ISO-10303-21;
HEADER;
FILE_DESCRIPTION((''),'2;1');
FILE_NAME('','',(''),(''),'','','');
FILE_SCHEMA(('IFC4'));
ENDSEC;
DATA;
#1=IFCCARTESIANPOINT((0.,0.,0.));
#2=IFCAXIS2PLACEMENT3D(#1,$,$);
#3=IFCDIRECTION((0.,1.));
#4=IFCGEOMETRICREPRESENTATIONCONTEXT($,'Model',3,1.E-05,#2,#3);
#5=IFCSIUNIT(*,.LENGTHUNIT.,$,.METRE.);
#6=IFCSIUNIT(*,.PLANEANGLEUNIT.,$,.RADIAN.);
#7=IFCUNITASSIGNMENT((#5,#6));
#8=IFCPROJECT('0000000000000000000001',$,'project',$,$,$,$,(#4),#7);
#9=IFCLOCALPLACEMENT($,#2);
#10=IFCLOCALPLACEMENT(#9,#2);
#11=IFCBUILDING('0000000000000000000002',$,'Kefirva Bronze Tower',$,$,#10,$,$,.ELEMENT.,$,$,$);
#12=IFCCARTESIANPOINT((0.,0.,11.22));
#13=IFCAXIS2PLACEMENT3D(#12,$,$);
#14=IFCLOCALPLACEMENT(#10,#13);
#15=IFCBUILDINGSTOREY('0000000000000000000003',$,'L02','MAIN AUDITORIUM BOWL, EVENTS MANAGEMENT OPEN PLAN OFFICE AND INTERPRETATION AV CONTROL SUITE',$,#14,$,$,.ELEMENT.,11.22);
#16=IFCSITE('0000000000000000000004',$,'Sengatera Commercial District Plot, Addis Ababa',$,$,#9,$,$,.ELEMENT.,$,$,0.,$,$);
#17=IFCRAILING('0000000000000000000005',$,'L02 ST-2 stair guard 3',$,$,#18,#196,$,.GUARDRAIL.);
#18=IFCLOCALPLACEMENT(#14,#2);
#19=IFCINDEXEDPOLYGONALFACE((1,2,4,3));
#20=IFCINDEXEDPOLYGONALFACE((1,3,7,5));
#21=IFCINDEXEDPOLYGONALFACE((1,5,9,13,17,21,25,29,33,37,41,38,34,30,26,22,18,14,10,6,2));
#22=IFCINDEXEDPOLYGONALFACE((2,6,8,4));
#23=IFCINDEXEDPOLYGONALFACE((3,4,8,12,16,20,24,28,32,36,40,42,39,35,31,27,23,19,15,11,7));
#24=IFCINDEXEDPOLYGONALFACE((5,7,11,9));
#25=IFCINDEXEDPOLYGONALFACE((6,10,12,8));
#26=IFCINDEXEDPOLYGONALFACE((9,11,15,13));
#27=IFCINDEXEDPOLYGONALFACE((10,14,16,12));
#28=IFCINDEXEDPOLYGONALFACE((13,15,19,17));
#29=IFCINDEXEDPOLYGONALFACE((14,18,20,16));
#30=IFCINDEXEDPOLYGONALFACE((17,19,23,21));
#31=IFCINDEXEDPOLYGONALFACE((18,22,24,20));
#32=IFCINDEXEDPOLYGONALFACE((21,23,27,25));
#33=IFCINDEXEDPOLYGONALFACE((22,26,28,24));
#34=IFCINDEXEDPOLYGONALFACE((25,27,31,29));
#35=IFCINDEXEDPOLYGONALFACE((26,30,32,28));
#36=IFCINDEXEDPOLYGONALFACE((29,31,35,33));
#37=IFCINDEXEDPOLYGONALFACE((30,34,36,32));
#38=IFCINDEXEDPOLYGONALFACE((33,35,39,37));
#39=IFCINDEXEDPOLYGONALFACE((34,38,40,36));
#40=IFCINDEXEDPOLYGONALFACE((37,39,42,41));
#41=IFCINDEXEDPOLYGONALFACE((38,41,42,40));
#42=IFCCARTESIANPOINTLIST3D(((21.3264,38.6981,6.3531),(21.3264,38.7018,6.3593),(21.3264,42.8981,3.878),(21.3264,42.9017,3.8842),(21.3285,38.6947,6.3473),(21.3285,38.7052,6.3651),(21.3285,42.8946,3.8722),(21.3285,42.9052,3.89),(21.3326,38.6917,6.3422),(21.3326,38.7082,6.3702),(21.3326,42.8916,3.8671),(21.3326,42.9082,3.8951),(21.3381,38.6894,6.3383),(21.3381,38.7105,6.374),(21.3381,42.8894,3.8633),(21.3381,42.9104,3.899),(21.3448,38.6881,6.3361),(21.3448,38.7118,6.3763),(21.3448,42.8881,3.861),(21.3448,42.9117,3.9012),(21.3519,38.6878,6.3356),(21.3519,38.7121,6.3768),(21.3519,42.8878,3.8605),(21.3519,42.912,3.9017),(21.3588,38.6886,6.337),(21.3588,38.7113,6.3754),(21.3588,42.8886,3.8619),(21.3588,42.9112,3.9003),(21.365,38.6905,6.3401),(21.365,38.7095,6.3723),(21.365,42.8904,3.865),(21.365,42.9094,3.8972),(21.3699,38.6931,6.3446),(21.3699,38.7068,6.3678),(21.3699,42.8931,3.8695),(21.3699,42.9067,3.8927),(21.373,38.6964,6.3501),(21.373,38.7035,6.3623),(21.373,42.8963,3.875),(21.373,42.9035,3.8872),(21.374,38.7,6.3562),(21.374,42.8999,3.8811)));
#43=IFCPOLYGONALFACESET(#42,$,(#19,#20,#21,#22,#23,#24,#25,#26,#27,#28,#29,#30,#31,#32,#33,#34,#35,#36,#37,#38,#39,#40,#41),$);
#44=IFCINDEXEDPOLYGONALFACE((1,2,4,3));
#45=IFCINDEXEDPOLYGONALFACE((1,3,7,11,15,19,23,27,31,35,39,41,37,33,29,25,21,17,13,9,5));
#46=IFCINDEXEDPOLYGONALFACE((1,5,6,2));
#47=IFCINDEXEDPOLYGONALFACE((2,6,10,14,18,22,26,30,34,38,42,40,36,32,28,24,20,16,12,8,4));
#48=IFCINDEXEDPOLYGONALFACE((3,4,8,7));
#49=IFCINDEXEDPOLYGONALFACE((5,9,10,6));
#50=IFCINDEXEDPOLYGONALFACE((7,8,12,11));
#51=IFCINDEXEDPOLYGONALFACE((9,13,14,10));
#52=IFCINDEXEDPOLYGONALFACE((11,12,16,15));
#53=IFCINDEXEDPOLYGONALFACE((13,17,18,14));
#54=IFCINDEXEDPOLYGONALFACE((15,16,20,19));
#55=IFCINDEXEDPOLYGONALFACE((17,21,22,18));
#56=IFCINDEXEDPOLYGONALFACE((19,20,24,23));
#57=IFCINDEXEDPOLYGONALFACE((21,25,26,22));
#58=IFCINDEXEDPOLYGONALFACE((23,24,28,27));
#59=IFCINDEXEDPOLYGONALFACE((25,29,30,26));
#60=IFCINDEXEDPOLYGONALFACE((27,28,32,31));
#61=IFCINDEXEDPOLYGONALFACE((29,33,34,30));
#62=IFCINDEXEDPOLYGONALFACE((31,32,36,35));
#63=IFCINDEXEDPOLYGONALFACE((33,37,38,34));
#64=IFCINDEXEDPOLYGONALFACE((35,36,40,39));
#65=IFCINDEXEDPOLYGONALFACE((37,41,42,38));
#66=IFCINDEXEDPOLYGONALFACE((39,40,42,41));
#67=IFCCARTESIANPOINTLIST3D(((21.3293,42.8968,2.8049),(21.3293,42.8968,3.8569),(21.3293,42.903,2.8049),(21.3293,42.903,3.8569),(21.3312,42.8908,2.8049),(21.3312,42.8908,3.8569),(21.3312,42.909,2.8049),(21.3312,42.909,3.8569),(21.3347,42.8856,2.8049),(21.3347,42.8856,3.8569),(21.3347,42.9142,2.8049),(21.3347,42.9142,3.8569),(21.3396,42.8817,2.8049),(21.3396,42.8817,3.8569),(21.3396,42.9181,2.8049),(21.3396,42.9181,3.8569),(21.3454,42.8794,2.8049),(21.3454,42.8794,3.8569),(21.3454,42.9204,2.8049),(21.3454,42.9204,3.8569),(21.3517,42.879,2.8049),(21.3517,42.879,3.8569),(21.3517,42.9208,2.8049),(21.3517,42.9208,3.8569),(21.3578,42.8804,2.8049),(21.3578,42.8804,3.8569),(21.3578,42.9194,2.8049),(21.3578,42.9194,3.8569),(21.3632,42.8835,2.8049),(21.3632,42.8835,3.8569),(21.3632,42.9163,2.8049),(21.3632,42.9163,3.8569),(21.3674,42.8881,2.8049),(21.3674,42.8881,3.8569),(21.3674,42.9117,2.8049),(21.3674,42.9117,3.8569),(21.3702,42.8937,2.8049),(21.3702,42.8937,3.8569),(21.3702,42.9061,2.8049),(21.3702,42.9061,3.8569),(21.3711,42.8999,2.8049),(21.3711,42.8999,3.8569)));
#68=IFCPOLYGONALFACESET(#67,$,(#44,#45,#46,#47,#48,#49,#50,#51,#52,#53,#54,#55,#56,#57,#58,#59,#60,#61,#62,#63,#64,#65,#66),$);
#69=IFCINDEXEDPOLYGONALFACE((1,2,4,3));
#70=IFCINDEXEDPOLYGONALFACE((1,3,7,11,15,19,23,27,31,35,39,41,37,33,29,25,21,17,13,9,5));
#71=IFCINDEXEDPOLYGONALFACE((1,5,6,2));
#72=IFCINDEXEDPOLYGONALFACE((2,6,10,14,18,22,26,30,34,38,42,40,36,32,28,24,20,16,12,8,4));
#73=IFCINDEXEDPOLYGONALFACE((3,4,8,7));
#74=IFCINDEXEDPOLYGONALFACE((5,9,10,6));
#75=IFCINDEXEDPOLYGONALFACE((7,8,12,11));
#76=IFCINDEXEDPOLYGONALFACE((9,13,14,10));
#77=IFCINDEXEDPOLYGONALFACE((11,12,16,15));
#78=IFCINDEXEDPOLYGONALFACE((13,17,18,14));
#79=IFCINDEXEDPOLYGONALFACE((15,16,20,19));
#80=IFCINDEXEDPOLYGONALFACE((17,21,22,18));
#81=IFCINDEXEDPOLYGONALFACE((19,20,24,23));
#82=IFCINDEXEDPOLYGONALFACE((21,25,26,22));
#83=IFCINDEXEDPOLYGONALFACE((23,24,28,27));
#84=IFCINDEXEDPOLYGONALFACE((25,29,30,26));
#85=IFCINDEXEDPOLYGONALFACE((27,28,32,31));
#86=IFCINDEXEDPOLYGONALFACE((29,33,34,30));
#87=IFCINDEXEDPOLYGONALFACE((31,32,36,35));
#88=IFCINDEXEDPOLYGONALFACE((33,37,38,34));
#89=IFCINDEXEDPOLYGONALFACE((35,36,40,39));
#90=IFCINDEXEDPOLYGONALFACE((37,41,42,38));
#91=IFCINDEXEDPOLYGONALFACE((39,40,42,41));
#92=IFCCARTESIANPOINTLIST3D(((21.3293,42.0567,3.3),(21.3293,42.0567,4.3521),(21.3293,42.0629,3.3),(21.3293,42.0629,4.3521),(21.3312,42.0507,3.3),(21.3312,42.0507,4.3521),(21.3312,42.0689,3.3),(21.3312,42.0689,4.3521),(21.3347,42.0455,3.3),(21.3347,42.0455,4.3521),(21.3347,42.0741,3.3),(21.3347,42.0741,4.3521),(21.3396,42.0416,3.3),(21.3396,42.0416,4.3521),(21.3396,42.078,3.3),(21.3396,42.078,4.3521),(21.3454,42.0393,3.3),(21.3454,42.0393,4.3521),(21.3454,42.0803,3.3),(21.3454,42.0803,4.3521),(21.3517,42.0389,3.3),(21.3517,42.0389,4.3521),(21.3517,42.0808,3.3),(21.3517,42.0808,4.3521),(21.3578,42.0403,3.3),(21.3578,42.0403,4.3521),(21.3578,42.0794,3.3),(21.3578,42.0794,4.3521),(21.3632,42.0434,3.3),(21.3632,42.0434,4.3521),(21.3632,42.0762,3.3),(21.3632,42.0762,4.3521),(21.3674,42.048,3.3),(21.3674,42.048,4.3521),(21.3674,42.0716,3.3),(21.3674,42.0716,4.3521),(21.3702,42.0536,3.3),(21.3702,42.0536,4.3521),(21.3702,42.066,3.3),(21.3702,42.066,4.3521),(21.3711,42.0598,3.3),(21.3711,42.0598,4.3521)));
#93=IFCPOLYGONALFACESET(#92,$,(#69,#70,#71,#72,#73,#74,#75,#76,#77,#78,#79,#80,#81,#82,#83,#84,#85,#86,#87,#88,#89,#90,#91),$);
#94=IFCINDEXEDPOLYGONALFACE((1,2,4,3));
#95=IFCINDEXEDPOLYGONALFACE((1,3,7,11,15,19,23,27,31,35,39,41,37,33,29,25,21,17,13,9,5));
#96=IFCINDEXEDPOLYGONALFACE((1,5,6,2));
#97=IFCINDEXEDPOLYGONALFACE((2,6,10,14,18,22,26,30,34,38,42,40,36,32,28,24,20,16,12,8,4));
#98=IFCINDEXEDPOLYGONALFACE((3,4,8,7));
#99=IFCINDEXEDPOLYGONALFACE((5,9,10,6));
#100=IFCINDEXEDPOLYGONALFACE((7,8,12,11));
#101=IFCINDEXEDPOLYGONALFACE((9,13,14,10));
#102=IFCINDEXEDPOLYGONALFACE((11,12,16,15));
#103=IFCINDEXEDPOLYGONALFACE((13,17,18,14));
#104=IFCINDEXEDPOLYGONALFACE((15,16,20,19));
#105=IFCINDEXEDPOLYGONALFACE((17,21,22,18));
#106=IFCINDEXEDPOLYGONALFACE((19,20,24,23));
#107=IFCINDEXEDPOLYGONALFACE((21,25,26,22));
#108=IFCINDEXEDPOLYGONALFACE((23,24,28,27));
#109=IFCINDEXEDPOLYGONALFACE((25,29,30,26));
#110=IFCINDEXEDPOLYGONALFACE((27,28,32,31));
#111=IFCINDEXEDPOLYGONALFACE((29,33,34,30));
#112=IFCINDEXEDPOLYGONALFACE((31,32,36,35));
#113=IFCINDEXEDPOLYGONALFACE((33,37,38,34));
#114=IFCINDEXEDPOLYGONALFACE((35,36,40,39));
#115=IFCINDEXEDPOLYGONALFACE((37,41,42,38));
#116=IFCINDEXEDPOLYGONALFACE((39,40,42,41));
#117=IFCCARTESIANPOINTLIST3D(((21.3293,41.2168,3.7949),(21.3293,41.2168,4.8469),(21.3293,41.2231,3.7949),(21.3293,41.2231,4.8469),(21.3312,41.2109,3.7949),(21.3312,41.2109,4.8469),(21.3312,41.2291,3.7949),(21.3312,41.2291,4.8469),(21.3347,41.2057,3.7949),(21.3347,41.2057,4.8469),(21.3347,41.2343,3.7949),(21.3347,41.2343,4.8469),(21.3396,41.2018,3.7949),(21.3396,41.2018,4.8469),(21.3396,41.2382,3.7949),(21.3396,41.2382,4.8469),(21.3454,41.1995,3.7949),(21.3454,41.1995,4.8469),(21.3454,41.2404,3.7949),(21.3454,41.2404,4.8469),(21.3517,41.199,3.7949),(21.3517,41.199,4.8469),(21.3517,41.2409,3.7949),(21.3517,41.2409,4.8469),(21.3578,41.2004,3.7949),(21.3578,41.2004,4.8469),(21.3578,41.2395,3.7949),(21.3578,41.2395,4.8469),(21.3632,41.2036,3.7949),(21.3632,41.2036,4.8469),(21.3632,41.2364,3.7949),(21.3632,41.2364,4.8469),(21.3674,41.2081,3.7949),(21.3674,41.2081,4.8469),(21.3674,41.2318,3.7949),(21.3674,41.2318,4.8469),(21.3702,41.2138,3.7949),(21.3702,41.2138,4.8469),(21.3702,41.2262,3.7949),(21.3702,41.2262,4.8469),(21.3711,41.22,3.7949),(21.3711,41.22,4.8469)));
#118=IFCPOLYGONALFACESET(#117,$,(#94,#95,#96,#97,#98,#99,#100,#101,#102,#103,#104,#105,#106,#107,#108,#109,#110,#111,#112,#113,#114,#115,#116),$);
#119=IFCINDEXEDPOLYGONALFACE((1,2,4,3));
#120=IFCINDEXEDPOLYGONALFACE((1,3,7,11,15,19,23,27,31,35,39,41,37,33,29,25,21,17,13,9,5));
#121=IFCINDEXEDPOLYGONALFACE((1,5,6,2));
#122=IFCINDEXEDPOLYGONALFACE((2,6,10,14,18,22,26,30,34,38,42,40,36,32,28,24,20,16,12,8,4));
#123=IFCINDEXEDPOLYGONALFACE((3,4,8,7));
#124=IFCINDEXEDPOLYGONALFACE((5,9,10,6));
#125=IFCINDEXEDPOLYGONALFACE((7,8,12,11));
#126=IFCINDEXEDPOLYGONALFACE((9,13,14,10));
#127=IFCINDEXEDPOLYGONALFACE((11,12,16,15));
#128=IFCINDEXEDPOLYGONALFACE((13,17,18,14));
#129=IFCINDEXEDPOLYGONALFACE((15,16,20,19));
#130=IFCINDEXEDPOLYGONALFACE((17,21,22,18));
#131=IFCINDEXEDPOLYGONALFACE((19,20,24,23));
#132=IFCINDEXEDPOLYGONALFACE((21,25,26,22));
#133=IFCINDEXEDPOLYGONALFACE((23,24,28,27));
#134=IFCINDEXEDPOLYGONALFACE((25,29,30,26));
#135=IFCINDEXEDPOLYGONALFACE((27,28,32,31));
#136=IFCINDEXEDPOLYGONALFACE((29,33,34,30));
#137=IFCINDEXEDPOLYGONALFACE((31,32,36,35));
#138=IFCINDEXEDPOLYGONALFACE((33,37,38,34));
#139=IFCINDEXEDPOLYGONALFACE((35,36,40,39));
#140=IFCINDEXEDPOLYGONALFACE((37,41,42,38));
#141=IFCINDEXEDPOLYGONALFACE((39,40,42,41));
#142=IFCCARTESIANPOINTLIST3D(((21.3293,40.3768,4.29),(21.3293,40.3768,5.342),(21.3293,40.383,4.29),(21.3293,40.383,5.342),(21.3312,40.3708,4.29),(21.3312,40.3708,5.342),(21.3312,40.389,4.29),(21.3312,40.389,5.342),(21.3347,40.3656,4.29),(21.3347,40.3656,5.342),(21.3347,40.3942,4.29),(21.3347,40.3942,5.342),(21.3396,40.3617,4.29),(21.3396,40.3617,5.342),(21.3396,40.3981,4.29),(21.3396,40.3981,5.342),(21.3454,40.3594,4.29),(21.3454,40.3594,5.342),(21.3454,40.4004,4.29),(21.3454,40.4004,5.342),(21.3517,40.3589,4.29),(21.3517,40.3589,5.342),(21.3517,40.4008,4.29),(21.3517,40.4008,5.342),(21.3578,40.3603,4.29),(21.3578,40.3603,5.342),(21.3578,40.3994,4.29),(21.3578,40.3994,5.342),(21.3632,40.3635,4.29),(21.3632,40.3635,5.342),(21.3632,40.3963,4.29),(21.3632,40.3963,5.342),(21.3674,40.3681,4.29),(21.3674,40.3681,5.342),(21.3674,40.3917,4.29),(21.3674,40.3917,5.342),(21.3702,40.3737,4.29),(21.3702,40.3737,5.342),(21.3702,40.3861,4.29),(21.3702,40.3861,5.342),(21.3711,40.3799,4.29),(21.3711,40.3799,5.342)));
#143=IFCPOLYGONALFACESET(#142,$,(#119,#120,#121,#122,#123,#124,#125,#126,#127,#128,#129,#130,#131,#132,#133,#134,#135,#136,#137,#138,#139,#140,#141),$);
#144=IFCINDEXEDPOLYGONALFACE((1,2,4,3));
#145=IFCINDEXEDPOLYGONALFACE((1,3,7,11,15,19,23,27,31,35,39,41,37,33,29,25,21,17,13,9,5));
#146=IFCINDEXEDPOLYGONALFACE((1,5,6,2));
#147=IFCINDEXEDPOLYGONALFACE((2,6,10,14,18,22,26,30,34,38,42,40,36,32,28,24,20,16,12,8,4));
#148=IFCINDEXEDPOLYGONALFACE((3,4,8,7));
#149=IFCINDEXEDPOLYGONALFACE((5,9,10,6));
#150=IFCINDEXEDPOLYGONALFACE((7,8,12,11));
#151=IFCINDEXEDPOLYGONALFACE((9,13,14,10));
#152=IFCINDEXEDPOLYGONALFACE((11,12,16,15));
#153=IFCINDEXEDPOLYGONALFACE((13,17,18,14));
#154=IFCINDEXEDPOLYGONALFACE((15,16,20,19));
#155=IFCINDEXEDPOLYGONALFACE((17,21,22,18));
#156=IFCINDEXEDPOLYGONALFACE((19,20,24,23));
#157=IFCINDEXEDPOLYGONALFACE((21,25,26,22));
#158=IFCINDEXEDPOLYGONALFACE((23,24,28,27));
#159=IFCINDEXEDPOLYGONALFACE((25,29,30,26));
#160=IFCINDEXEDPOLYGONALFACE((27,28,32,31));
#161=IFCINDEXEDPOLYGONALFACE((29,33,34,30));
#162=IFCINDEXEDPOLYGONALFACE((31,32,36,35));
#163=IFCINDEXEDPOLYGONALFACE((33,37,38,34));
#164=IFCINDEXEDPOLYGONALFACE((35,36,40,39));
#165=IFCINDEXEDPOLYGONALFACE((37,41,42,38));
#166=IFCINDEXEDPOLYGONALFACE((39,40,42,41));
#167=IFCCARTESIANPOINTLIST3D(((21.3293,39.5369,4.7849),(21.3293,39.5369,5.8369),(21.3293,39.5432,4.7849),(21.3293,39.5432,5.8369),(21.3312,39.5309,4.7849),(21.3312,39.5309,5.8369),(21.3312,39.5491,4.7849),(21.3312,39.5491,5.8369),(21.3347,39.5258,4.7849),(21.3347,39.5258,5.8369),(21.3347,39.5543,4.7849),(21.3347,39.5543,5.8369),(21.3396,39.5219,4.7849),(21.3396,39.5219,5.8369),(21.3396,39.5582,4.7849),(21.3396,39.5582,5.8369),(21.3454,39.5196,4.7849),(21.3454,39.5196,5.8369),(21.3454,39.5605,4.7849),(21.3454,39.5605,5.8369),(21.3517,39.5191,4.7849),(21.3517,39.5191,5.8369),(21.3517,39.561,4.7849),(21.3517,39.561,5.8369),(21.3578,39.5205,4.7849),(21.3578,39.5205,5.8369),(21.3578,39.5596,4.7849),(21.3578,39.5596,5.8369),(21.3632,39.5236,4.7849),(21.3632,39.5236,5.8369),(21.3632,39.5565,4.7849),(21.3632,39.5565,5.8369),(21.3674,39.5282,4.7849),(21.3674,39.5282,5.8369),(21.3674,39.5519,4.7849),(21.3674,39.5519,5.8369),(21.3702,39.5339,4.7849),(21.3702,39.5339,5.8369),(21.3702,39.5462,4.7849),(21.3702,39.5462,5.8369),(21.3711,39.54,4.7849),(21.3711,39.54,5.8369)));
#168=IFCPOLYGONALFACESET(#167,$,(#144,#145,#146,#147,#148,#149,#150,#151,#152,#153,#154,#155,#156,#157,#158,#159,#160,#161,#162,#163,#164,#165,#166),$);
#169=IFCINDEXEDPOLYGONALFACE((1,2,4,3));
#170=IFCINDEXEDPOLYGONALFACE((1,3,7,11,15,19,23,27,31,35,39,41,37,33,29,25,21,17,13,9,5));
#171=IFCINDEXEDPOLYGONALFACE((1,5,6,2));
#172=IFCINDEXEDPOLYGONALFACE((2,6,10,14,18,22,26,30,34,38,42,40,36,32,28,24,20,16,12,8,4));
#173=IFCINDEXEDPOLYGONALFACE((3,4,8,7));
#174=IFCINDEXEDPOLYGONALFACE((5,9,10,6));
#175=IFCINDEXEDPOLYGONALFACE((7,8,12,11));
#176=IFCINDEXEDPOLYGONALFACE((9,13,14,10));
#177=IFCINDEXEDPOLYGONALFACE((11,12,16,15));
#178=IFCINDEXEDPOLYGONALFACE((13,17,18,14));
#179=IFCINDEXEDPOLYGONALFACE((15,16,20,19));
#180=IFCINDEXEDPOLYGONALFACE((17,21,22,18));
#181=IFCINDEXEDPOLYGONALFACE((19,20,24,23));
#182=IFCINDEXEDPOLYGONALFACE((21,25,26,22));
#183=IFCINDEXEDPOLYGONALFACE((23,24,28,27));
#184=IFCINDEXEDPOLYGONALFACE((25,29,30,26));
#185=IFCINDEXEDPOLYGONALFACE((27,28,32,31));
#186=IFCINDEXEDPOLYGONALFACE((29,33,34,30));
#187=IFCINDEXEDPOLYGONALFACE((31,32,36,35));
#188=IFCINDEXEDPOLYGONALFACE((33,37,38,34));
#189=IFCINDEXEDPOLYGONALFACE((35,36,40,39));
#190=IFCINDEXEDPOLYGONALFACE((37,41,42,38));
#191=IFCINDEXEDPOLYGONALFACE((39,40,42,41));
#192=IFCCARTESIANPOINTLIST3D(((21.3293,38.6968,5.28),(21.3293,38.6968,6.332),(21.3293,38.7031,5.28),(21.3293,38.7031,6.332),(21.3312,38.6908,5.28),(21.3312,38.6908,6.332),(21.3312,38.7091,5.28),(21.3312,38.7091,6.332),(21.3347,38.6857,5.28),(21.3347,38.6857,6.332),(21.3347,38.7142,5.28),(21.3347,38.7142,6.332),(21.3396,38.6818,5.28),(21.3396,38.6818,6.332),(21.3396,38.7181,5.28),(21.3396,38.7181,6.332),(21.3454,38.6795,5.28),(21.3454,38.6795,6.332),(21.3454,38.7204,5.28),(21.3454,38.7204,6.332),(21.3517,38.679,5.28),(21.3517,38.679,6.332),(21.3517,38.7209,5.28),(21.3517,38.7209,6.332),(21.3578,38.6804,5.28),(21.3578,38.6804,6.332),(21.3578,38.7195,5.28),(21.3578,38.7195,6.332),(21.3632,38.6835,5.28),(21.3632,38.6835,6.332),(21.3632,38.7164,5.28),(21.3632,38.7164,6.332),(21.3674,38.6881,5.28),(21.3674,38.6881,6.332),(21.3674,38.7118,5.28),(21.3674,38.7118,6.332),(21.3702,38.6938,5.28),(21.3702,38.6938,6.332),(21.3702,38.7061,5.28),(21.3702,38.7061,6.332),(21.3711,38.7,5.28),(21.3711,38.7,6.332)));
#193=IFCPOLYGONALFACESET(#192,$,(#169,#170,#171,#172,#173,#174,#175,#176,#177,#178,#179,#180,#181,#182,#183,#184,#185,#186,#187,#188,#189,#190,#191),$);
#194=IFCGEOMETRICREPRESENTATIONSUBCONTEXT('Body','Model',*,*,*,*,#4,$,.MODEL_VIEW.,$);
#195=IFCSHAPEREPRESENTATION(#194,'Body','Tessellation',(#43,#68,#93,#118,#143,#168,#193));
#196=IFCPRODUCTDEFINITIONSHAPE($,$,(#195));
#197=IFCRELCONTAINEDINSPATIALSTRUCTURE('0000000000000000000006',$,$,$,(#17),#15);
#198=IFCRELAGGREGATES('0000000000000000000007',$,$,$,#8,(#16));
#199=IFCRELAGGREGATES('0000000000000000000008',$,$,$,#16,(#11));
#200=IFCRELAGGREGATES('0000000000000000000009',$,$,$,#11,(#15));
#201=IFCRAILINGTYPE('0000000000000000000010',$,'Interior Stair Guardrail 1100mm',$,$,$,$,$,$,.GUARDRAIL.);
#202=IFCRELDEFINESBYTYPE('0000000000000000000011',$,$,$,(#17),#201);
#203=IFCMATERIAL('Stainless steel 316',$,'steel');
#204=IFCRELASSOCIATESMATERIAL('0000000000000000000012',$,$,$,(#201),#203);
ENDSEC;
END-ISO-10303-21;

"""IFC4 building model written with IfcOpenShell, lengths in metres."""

from ifc_helpers import new_model, si_unit, direction, frame, origin, origin_2d, place, context, subcontext, project, spatial, circle, extrude, material, type_object, element, save


model = new_model("IFC4")

# Units and contexts
model_context = context("Model", 3, precision=1e-05, world=origin(), true_north=direction((0.0, 1.0)))
body_context = subcontext(model_context, "Body", "Model", "MODEL_VIEW")
ifc_project = project(units=[si_unit("LENGTHUNIT", "METRE"), si_unit("PLANEANGLEUNIT", "RADIAN")], contexts=[model_context])

# Site, building, storey
site_placement = place(None, origin())
site = spatial("IfcSite", under=ifc_project, at=site_placement, Name="Sengatera Commercial District Plot, Addis Ababa", CompositionType="ELEMENT", RefElevation=0.0)
building_placement = place(site_placement, origin())
building = spatial("IfcBuilding", under=site, at=building_placement, Name="Kefirva Bronze Tower", CompositionType="ELEMENT")
storey_placement = place(building_placement, frame((0.0, 0.0, 11.22)))
storey = spatial("IfcBuildingStorey", under=building, at=storey_placement, Name="L02", Description="MAIN AUDITORIUM BOWL, EVENTS MANAGEMENT OPEN PLAN OFFICE AND INTERPRETATION AV CONTROL SUITE", CompositionType="ELEMENT", Elevation=11.22)

# Railing
ifc_material_1 = material(Name="Stainless steel 316", Category="steel")
railing_type_1 = type_object("IfcRailingType", Name="Interior Stair Guardrail 1100mm", PredefinedType="GUARDRAIL", material=ifc_material_1)
railing_1_placement = place(storey_placement, frame((21.3501, 42.8999, 2.8049)))
element("IfcRailing", 1, at=railing_1_placement, inside=storey, type_object=railing_type_1, Name="L02 ST-2 stair guard 3", PredefinedType="GUARDRAIL", context=body_context, shape_type="SweptSolid", body=[
    extrude(circle(Radius=0.0239, at=origin_2d()), frame((0.0, 0.0, 1.0762), z_axis=(0.0, -0.861527, 0.507712), x_axis=(1.0, 0.0, 0.0)), (0.0, 0.0, 1.0), 4.875),
    extrude(circle(Radius=0.021, at=origin_2d()), origin(), (0.0, 0.0, 1.0), 1.052),
    extrude(circle(Radius=0.021, at=origin_2d()), frame((0.0, -0.8401, 0.4951)), (0.0, 0.0, 1.0), 1.052),
    extrude(circle(Radius=0.021, at=origin_2d()), frame((0.0, -1.6799, 0.99)), (0.0, 0.0, 1.0), 1.052),
    extrude(circle(Radius=0.021, at=origin_2d()), frame((0.0, -2.52, 1.4851)), (0.0, 0.0, 1.0), 1.052),
    extrude(circle(Radius=0.021, at=origin_2d()), frame((0.0, -3.3599, 1.98)), (0.0, 0.0, 1.0), 1.052),
    extrude(circle(Radius=0.021, at=origin_2d()), frame((0.0, -4.2, 2.4751)), (0.0, 0.0, 1.0), 1.052),
])

save(model, "model.ifc")
